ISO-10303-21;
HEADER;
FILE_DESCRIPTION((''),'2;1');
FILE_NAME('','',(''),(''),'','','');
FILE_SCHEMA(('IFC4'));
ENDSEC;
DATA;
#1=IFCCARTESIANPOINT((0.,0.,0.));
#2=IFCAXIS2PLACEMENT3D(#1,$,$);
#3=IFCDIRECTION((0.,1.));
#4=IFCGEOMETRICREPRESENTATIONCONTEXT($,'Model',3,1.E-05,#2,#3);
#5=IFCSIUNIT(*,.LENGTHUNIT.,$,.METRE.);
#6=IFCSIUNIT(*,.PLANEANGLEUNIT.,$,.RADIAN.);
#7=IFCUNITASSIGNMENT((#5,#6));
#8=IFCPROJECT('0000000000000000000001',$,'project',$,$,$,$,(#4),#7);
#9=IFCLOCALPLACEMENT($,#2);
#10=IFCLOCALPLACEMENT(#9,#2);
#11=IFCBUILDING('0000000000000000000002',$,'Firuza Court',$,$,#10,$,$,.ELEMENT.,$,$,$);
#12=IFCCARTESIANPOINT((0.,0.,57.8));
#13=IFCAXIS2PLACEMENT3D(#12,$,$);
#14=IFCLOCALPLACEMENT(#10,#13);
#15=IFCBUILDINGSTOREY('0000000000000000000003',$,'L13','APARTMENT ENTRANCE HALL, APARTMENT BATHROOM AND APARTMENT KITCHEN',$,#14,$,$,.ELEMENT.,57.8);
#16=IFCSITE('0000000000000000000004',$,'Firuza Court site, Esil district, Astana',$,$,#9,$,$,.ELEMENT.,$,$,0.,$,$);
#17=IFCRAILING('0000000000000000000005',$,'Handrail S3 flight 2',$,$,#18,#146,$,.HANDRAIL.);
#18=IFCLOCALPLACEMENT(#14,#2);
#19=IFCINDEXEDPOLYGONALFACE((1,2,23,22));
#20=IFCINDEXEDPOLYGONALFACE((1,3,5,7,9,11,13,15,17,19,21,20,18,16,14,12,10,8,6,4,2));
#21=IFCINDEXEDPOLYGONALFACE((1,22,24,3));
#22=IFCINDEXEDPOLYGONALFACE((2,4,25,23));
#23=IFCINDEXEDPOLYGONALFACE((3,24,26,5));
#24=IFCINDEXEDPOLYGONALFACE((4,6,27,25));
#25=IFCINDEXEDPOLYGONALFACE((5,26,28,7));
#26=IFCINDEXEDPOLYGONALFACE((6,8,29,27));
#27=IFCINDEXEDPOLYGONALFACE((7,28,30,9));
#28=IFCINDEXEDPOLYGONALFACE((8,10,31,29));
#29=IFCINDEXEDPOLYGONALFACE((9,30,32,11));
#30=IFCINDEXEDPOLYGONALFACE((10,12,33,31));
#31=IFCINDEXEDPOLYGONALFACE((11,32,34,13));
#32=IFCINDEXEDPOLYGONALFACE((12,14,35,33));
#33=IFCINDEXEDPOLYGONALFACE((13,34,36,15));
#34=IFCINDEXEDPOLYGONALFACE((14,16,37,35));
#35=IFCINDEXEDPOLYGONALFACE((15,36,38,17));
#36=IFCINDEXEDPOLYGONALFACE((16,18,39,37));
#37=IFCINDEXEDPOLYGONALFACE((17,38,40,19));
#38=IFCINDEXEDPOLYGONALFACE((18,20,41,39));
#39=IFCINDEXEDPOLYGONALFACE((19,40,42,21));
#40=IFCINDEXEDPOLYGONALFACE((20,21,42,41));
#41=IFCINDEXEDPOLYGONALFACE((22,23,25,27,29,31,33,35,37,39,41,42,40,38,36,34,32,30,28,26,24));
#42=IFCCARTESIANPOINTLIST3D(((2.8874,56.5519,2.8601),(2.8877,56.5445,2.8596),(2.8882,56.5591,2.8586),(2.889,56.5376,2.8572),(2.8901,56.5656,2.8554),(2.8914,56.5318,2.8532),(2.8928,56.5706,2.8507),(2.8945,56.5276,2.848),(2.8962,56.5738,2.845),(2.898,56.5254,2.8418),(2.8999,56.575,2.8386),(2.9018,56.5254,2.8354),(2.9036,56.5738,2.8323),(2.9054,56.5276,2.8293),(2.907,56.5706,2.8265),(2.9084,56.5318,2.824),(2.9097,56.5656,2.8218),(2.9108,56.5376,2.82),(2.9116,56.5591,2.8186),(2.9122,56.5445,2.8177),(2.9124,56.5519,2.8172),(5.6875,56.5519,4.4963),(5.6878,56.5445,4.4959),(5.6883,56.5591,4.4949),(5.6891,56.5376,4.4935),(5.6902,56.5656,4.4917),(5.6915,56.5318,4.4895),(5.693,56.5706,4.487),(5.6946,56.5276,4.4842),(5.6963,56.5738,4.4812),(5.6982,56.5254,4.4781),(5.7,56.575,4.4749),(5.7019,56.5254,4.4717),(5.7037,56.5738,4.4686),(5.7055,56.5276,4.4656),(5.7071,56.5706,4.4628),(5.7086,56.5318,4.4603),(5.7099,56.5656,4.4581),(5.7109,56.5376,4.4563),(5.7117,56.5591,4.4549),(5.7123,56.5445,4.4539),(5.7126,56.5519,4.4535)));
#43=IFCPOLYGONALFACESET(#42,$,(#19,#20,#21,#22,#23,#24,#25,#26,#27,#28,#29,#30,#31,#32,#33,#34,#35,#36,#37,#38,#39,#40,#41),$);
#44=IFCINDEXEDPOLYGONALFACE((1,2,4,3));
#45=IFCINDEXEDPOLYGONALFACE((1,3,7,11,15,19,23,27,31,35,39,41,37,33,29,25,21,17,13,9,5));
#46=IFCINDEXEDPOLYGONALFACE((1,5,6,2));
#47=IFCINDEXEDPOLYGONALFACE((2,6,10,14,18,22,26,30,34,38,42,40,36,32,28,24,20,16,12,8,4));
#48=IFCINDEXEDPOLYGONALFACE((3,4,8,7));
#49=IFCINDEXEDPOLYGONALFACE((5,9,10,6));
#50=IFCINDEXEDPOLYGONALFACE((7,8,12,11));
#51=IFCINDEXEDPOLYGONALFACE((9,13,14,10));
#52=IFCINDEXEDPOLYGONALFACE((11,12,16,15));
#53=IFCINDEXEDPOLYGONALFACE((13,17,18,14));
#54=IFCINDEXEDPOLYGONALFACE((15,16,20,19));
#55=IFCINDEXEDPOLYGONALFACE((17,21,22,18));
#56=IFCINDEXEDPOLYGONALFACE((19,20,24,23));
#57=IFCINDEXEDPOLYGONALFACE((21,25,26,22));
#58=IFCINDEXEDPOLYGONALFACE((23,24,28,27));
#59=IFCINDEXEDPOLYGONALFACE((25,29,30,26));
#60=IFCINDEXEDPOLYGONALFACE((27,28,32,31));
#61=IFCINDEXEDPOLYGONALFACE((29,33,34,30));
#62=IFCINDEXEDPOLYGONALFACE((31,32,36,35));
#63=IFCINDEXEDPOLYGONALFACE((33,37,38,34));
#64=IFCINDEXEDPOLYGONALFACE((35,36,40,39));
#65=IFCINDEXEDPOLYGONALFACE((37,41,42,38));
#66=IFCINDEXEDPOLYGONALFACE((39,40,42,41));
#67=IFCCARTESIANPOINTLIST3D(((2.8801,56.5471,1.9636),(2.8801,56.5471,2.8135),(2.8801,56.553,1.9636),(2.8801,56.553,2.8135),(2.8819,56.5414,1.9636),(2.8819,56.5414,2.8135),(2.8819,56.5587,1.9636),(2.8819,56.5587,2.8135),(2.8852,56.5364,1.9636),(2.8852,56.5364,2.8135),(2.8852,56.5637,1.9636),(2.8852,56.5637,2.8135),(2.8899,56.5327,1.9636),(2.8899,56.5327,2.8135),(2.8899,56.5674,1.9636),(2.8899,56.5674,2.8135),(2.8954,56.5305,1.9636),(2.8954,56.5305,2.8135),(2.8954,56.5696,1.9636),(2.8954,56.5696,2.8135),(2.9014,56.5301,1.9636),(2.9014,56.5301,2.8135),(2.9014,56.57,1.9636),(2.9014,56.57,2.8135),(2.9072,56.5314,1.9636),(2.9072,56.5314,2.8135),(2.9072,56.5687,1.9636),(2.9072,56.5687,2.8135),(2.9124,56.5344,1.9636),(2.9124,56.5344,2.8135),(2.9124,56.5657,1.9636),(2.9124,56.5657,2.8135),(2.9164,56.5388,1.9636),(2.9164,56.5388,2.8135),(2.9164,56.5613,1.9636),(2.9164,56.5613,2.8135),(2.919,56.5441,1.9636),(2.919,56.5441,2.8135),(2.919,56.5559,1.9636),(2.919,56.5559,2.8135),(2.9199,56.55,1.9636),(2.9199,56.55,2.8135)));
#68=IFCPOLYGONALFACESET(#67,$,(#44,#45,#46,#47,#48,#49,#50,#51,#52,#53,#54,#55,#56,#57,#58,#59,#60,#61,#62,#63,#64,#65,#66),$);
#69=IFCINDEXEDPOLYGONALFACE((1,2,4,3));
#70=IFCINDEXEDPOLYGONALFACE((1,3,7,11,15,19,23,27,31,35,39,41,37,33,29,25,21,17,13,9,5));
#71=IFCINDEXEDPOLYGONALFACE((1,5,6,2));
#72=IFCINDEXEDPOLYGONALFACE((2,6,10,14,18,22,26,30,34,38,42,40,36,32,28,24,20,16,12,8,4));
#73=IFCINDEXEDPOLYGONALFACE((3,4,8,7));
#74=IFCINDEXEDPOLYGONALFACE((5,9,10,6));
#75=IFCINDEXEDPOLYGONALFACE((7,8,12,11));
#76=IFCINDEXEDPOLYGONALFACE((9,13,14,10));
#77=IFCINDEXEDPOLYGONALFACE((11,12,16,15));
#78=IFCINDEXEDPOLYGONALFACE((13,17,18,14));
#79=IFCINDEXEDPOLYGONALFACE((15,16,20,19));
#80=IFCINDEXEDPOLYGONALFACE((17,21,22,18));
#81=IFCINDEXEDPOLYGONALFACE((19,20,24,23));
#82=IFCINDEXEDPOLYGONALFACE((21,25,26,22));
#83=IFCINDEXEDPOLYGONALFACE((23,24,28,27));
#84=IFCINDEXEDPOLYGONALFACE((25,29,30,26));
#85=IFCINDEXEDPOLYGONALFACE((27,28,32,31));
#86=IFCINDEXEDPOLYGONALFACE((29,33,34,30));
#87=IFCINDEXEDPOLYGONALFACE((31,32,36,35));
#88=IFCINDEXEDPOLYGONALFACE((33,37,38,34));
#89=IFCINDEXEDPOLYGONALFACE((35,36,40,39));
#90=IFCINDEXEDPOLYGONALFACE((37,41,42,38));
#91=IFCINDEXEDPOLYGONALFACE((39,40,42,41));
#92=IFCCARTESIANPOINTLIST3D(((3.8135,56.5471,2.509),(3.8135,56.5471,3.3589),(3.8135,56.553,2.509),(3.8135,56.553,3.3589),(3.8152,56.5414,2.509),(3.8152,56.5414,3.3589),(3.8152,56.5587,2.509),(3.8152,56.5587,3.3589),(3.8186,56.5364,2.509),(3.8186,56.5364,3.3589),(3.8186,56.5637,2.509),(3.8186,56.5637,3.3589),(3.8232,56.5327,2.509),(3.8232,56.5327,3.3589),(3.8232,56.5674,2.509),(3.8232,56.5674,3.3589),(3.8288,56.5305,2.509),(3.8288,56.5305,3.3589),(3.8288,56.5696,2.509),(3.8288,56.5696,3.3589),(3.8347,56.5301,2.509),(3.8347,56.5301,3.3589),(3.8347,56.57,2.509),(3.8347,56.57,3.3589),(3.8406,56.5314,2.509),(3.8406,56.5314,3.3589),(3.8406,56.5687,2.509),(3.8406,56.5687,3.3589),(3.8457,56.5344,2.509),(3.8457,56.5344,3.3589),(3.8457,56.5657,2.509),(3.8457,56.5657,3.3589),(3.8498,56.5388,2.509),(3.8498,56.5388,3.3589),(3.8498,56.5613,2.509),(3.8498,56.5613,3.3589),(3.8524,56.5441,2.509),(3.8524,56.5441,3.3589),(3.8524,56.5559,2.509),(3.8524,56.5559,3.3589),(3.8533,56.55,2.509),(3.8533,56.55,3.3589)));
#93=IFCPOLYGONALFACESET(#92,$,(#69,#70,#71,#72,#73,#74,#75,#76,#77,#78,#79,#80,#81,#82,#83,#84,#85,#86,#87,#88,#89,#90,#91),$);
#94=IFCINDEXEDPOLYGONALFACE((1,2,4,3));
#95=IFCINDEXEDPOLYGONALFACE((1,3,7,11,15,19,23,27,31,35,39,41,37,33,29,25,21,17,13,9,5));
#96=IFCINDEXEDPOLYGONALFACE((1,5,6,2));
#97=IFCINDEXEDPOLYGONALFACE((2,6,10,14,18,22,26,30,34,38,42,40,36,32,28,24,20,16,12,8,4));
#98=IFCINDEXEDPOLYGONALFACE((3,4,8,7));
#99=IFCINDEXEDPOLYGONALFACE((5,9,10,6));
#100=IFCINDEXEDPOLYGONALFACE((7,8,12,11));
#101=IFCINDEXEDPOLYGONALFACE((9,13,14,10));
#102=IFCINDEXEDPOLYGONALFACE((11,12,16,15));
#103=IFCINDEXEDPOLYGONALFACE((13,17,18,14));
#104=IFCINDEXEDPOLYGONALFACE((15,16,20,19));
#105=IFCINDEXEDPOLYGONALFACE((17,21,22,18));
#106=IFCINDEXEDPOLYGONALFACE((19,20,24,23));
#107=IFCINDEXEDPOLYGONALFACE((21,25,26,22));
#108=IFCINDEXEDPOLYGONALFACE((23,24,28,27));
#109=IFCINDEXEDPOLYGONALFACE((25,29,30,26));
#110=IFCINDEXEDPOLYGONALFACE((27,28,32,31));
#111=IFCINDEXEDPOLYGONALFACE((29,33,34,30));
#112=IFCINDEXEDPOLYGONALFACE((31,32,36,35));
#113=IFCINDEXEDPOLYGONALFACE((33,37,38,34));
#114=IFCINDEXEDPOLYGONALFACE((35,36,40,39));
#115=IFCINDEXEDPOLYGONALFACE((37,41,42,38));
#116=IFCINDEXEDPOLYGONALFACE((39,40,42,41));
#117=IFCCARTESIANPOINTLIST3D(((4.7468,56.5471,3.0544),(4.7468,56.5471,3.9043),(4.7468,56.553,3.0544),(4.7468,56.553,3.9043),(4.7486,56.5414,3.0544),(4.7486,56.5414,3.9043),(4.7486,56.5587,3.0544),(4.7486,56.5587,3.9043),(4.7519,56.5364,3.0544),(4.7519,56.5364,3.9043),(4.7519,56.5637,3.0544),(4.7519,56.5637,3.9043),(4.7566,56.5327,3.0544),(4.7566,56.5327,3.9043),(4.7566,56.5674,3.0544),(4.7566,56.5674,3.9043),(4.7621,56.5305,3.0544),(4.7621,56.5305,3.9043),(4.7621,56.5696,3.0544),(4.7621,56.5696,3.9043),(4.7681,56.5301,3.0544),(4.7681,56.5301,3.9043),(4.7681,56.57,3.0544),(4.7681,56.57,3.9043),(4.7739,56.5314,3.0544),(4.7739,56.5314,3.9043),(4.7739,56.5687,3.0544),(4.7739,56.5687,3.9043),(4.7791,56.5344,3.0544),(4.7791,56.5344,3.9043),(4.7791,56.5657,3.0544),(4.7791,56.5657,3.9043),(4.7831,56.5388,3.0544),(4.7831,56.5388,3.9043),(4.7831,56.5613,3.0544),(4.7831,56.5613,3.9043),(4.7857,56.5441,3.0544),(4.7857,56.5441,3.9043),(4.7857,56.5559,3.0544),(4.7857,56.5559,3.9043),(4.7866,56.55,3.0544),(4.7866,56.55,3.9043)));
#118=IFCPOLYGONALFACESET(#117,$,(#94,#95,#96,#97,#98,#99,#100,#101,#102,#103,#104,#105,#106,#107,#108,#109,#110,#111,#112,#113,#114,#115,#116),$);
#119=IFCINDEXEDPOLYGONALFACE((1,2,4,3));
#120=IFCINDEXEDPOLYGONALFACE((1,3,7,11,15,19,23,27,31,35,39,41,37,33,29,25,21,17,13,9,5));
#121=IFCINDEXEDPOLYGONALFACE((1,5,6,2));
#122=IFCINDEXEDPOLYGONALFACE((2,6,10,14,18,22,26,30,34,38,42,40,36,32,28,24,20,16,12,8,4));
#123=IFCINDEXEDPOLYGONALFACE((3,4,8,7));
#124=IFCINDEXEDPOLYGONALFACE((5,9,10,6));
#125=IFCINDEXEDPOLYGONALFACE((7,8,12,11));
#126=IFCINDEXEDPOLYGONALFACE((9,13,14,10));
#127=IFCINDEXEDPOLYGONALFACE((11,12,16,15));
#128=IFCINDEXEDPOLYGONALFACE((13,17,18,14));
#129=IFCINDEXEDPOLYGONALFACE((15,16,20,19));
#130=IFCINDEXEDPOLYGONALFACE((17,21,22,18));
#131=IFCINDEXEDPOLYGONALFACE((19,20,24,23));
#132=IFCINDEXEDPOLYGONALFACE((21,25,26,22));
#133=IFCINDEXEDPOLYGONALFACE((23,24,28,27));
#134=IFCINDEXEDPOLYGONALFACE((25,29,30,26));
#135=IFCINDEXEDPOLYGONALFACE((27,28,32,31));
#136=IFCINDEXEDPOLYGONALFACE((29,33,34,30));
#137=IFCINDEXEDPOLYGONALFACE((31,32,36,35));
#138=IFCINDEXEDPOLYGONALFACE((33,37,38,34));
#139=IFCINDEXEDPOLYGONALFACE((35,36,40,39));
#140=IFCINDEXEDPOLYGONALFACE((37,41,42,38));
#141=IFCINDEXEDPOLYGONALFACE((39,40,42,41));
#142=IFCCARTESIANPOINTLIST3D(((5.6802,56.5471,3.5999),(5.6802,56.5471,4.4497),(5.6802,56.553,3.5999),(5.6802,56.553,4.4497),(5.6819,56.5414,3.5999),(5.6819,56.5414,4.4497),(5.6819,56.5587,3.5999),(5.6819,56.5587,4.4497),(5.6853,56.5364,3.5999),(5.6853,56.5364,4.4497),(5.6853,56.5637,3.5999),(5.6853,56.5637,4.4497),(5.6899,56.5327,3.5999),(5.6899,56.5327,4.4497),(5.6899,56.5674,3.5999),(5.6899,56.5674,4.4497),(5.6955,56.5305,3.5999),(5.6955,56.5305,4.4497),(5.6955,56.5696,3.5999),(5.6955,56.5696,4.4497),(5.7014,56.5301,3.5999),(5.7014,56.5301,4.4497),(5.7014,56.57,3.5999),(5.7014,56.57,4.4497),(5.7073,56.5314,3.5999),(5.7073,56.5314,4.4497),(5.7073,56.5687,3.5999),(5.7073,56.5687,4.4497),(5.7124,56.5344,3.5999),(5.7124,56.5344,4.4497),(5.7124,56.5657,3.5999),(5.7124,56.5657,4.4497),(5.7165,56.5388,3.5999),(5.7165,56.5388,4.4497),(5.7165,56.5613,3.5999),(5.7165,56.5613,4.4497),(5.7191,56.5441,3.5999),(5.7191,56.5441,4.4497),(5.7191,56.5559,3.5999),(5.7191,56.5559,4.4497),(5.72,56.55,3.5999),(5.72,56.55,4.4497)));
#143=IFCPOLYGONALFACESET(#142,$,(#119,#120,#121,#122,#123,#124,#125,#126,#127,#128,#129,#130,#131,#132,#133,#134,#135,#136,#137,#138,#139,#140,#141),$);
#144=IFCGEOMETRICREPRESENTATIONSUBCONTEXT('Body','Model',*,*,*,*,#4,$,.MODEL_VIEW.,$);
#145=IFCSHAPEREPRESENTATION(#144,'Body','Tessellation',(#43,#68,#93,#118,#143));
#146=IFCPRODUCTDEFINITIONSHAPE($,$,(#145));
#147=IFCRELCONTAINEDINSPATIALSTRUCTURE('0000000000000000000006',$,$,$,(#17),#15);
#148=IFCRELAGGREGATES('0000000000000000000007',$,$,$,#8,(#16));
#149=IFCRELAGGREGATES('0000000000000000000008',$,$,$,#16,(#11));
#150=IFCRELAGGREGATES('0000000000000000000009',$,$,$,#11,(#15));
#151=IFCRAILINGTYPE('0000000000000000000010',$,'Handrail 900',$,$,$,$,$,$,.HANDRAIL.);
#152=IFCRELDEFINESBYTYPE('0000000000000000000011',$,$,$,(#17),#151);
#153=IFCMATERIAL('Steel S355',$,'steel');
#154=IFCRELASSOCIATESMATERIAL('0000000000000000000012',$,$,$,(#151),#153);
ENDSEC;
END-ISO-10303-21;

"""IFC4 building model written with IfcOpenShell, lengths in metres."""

from ifc_helpers import new_model, si_unit, direction, frame, origin, origin_2d, place, context, subcontext, project, spatial, circle, extrude, material, type_object, element, save


model = new_model("IFC4")

# Units and contexts
model_context = context("Model", 3, precision=1e-05, world=origin(), true_north=direction((0.0, 1.0)))
body_context = subcontext(model_context, "Body", "Model", "MODEL_VIEW")
ifc_project = project(units=[si_unit("LENGTHUNIT", "METRE"), si_unit("PLANEANGLEUNIT", "RADIAN")], contexts=[model_context])

# Site, building, storey
site_placement = place(None, origin())
site = spatial("IfcSite", under=ifc_project, at=site_placement, Name="Firuza Court site, Esil district, Astana", CompositionType="ELEMENT", RefElevation=0.0)
building_placement = place(site_placement, origin())
building = spatial("IfcBuilding", under=site, at=building_placement, Name="Firuza Court", CompositionType="ELEMENT")
storey_placement = place(building_placement, frame((0.0, 0.0, 57.8)))
storey = spatial("IfcBuildingStorey", under=building, at=storey_placement, Name="L13", Description="APARTMENT ENTRANCE HALL, APARTMENT BATHROOM AND APARTMENT KITCHEN", CompositionType="ELEMENT", Elevation=57.8)

# Railing
ifc_material_1 = material(Name="Steel S355", Category="steel")
railing_type_1 = type_object("IfcRailingType", Name="Handrail 900", PredefinedType="HANDRAIL", material=ifc_material_1)
railing_1_placement = place(storey_placement, frame((2.8999, 56.55, 1.9636)))
element("IfcRailing", 1, at=railing_1_placement, inside=storey, type_object=railing_type_1, Name="Handrail S3 flight 2", PredefinedType="HANDRAIL", context=body_context, shape_type="SweptSolid", body=[
    extrude(circle(Radius=0.0249, at=origin_2d()), frame((0.0, 0.0, 0.875), z_axis=(0.863394, 0.0, 0.504531), x_axis=(0.0, 1.0, 0.0)), (0.0, 0.0, 1.0), 3.2432),
    extrude(circle(Radius=0.02, at=origin_2d()), origin(), (0.0, 0.0, 1.0), 0.8499),
    extrude(circle(Radius=0.02, at=origin_2d()), frame((0.9333, 0.0, 0.5454)), (0.0, 0.0, 1.0), 0.8499),
    extrude(circle(Radius=0.02, at=origin_2d()), frame((1.8667, 0.0, 1.0908)), (0.0, 0.0, 1.0), 0.8499),
    extrude(circle(Radius=0.02, at=origin_2d()), frame((2.8, 0.0, 1.6362)), (0.0, 0.0, 1.0), 0.8499),
])

save(model, "model.ifc")
